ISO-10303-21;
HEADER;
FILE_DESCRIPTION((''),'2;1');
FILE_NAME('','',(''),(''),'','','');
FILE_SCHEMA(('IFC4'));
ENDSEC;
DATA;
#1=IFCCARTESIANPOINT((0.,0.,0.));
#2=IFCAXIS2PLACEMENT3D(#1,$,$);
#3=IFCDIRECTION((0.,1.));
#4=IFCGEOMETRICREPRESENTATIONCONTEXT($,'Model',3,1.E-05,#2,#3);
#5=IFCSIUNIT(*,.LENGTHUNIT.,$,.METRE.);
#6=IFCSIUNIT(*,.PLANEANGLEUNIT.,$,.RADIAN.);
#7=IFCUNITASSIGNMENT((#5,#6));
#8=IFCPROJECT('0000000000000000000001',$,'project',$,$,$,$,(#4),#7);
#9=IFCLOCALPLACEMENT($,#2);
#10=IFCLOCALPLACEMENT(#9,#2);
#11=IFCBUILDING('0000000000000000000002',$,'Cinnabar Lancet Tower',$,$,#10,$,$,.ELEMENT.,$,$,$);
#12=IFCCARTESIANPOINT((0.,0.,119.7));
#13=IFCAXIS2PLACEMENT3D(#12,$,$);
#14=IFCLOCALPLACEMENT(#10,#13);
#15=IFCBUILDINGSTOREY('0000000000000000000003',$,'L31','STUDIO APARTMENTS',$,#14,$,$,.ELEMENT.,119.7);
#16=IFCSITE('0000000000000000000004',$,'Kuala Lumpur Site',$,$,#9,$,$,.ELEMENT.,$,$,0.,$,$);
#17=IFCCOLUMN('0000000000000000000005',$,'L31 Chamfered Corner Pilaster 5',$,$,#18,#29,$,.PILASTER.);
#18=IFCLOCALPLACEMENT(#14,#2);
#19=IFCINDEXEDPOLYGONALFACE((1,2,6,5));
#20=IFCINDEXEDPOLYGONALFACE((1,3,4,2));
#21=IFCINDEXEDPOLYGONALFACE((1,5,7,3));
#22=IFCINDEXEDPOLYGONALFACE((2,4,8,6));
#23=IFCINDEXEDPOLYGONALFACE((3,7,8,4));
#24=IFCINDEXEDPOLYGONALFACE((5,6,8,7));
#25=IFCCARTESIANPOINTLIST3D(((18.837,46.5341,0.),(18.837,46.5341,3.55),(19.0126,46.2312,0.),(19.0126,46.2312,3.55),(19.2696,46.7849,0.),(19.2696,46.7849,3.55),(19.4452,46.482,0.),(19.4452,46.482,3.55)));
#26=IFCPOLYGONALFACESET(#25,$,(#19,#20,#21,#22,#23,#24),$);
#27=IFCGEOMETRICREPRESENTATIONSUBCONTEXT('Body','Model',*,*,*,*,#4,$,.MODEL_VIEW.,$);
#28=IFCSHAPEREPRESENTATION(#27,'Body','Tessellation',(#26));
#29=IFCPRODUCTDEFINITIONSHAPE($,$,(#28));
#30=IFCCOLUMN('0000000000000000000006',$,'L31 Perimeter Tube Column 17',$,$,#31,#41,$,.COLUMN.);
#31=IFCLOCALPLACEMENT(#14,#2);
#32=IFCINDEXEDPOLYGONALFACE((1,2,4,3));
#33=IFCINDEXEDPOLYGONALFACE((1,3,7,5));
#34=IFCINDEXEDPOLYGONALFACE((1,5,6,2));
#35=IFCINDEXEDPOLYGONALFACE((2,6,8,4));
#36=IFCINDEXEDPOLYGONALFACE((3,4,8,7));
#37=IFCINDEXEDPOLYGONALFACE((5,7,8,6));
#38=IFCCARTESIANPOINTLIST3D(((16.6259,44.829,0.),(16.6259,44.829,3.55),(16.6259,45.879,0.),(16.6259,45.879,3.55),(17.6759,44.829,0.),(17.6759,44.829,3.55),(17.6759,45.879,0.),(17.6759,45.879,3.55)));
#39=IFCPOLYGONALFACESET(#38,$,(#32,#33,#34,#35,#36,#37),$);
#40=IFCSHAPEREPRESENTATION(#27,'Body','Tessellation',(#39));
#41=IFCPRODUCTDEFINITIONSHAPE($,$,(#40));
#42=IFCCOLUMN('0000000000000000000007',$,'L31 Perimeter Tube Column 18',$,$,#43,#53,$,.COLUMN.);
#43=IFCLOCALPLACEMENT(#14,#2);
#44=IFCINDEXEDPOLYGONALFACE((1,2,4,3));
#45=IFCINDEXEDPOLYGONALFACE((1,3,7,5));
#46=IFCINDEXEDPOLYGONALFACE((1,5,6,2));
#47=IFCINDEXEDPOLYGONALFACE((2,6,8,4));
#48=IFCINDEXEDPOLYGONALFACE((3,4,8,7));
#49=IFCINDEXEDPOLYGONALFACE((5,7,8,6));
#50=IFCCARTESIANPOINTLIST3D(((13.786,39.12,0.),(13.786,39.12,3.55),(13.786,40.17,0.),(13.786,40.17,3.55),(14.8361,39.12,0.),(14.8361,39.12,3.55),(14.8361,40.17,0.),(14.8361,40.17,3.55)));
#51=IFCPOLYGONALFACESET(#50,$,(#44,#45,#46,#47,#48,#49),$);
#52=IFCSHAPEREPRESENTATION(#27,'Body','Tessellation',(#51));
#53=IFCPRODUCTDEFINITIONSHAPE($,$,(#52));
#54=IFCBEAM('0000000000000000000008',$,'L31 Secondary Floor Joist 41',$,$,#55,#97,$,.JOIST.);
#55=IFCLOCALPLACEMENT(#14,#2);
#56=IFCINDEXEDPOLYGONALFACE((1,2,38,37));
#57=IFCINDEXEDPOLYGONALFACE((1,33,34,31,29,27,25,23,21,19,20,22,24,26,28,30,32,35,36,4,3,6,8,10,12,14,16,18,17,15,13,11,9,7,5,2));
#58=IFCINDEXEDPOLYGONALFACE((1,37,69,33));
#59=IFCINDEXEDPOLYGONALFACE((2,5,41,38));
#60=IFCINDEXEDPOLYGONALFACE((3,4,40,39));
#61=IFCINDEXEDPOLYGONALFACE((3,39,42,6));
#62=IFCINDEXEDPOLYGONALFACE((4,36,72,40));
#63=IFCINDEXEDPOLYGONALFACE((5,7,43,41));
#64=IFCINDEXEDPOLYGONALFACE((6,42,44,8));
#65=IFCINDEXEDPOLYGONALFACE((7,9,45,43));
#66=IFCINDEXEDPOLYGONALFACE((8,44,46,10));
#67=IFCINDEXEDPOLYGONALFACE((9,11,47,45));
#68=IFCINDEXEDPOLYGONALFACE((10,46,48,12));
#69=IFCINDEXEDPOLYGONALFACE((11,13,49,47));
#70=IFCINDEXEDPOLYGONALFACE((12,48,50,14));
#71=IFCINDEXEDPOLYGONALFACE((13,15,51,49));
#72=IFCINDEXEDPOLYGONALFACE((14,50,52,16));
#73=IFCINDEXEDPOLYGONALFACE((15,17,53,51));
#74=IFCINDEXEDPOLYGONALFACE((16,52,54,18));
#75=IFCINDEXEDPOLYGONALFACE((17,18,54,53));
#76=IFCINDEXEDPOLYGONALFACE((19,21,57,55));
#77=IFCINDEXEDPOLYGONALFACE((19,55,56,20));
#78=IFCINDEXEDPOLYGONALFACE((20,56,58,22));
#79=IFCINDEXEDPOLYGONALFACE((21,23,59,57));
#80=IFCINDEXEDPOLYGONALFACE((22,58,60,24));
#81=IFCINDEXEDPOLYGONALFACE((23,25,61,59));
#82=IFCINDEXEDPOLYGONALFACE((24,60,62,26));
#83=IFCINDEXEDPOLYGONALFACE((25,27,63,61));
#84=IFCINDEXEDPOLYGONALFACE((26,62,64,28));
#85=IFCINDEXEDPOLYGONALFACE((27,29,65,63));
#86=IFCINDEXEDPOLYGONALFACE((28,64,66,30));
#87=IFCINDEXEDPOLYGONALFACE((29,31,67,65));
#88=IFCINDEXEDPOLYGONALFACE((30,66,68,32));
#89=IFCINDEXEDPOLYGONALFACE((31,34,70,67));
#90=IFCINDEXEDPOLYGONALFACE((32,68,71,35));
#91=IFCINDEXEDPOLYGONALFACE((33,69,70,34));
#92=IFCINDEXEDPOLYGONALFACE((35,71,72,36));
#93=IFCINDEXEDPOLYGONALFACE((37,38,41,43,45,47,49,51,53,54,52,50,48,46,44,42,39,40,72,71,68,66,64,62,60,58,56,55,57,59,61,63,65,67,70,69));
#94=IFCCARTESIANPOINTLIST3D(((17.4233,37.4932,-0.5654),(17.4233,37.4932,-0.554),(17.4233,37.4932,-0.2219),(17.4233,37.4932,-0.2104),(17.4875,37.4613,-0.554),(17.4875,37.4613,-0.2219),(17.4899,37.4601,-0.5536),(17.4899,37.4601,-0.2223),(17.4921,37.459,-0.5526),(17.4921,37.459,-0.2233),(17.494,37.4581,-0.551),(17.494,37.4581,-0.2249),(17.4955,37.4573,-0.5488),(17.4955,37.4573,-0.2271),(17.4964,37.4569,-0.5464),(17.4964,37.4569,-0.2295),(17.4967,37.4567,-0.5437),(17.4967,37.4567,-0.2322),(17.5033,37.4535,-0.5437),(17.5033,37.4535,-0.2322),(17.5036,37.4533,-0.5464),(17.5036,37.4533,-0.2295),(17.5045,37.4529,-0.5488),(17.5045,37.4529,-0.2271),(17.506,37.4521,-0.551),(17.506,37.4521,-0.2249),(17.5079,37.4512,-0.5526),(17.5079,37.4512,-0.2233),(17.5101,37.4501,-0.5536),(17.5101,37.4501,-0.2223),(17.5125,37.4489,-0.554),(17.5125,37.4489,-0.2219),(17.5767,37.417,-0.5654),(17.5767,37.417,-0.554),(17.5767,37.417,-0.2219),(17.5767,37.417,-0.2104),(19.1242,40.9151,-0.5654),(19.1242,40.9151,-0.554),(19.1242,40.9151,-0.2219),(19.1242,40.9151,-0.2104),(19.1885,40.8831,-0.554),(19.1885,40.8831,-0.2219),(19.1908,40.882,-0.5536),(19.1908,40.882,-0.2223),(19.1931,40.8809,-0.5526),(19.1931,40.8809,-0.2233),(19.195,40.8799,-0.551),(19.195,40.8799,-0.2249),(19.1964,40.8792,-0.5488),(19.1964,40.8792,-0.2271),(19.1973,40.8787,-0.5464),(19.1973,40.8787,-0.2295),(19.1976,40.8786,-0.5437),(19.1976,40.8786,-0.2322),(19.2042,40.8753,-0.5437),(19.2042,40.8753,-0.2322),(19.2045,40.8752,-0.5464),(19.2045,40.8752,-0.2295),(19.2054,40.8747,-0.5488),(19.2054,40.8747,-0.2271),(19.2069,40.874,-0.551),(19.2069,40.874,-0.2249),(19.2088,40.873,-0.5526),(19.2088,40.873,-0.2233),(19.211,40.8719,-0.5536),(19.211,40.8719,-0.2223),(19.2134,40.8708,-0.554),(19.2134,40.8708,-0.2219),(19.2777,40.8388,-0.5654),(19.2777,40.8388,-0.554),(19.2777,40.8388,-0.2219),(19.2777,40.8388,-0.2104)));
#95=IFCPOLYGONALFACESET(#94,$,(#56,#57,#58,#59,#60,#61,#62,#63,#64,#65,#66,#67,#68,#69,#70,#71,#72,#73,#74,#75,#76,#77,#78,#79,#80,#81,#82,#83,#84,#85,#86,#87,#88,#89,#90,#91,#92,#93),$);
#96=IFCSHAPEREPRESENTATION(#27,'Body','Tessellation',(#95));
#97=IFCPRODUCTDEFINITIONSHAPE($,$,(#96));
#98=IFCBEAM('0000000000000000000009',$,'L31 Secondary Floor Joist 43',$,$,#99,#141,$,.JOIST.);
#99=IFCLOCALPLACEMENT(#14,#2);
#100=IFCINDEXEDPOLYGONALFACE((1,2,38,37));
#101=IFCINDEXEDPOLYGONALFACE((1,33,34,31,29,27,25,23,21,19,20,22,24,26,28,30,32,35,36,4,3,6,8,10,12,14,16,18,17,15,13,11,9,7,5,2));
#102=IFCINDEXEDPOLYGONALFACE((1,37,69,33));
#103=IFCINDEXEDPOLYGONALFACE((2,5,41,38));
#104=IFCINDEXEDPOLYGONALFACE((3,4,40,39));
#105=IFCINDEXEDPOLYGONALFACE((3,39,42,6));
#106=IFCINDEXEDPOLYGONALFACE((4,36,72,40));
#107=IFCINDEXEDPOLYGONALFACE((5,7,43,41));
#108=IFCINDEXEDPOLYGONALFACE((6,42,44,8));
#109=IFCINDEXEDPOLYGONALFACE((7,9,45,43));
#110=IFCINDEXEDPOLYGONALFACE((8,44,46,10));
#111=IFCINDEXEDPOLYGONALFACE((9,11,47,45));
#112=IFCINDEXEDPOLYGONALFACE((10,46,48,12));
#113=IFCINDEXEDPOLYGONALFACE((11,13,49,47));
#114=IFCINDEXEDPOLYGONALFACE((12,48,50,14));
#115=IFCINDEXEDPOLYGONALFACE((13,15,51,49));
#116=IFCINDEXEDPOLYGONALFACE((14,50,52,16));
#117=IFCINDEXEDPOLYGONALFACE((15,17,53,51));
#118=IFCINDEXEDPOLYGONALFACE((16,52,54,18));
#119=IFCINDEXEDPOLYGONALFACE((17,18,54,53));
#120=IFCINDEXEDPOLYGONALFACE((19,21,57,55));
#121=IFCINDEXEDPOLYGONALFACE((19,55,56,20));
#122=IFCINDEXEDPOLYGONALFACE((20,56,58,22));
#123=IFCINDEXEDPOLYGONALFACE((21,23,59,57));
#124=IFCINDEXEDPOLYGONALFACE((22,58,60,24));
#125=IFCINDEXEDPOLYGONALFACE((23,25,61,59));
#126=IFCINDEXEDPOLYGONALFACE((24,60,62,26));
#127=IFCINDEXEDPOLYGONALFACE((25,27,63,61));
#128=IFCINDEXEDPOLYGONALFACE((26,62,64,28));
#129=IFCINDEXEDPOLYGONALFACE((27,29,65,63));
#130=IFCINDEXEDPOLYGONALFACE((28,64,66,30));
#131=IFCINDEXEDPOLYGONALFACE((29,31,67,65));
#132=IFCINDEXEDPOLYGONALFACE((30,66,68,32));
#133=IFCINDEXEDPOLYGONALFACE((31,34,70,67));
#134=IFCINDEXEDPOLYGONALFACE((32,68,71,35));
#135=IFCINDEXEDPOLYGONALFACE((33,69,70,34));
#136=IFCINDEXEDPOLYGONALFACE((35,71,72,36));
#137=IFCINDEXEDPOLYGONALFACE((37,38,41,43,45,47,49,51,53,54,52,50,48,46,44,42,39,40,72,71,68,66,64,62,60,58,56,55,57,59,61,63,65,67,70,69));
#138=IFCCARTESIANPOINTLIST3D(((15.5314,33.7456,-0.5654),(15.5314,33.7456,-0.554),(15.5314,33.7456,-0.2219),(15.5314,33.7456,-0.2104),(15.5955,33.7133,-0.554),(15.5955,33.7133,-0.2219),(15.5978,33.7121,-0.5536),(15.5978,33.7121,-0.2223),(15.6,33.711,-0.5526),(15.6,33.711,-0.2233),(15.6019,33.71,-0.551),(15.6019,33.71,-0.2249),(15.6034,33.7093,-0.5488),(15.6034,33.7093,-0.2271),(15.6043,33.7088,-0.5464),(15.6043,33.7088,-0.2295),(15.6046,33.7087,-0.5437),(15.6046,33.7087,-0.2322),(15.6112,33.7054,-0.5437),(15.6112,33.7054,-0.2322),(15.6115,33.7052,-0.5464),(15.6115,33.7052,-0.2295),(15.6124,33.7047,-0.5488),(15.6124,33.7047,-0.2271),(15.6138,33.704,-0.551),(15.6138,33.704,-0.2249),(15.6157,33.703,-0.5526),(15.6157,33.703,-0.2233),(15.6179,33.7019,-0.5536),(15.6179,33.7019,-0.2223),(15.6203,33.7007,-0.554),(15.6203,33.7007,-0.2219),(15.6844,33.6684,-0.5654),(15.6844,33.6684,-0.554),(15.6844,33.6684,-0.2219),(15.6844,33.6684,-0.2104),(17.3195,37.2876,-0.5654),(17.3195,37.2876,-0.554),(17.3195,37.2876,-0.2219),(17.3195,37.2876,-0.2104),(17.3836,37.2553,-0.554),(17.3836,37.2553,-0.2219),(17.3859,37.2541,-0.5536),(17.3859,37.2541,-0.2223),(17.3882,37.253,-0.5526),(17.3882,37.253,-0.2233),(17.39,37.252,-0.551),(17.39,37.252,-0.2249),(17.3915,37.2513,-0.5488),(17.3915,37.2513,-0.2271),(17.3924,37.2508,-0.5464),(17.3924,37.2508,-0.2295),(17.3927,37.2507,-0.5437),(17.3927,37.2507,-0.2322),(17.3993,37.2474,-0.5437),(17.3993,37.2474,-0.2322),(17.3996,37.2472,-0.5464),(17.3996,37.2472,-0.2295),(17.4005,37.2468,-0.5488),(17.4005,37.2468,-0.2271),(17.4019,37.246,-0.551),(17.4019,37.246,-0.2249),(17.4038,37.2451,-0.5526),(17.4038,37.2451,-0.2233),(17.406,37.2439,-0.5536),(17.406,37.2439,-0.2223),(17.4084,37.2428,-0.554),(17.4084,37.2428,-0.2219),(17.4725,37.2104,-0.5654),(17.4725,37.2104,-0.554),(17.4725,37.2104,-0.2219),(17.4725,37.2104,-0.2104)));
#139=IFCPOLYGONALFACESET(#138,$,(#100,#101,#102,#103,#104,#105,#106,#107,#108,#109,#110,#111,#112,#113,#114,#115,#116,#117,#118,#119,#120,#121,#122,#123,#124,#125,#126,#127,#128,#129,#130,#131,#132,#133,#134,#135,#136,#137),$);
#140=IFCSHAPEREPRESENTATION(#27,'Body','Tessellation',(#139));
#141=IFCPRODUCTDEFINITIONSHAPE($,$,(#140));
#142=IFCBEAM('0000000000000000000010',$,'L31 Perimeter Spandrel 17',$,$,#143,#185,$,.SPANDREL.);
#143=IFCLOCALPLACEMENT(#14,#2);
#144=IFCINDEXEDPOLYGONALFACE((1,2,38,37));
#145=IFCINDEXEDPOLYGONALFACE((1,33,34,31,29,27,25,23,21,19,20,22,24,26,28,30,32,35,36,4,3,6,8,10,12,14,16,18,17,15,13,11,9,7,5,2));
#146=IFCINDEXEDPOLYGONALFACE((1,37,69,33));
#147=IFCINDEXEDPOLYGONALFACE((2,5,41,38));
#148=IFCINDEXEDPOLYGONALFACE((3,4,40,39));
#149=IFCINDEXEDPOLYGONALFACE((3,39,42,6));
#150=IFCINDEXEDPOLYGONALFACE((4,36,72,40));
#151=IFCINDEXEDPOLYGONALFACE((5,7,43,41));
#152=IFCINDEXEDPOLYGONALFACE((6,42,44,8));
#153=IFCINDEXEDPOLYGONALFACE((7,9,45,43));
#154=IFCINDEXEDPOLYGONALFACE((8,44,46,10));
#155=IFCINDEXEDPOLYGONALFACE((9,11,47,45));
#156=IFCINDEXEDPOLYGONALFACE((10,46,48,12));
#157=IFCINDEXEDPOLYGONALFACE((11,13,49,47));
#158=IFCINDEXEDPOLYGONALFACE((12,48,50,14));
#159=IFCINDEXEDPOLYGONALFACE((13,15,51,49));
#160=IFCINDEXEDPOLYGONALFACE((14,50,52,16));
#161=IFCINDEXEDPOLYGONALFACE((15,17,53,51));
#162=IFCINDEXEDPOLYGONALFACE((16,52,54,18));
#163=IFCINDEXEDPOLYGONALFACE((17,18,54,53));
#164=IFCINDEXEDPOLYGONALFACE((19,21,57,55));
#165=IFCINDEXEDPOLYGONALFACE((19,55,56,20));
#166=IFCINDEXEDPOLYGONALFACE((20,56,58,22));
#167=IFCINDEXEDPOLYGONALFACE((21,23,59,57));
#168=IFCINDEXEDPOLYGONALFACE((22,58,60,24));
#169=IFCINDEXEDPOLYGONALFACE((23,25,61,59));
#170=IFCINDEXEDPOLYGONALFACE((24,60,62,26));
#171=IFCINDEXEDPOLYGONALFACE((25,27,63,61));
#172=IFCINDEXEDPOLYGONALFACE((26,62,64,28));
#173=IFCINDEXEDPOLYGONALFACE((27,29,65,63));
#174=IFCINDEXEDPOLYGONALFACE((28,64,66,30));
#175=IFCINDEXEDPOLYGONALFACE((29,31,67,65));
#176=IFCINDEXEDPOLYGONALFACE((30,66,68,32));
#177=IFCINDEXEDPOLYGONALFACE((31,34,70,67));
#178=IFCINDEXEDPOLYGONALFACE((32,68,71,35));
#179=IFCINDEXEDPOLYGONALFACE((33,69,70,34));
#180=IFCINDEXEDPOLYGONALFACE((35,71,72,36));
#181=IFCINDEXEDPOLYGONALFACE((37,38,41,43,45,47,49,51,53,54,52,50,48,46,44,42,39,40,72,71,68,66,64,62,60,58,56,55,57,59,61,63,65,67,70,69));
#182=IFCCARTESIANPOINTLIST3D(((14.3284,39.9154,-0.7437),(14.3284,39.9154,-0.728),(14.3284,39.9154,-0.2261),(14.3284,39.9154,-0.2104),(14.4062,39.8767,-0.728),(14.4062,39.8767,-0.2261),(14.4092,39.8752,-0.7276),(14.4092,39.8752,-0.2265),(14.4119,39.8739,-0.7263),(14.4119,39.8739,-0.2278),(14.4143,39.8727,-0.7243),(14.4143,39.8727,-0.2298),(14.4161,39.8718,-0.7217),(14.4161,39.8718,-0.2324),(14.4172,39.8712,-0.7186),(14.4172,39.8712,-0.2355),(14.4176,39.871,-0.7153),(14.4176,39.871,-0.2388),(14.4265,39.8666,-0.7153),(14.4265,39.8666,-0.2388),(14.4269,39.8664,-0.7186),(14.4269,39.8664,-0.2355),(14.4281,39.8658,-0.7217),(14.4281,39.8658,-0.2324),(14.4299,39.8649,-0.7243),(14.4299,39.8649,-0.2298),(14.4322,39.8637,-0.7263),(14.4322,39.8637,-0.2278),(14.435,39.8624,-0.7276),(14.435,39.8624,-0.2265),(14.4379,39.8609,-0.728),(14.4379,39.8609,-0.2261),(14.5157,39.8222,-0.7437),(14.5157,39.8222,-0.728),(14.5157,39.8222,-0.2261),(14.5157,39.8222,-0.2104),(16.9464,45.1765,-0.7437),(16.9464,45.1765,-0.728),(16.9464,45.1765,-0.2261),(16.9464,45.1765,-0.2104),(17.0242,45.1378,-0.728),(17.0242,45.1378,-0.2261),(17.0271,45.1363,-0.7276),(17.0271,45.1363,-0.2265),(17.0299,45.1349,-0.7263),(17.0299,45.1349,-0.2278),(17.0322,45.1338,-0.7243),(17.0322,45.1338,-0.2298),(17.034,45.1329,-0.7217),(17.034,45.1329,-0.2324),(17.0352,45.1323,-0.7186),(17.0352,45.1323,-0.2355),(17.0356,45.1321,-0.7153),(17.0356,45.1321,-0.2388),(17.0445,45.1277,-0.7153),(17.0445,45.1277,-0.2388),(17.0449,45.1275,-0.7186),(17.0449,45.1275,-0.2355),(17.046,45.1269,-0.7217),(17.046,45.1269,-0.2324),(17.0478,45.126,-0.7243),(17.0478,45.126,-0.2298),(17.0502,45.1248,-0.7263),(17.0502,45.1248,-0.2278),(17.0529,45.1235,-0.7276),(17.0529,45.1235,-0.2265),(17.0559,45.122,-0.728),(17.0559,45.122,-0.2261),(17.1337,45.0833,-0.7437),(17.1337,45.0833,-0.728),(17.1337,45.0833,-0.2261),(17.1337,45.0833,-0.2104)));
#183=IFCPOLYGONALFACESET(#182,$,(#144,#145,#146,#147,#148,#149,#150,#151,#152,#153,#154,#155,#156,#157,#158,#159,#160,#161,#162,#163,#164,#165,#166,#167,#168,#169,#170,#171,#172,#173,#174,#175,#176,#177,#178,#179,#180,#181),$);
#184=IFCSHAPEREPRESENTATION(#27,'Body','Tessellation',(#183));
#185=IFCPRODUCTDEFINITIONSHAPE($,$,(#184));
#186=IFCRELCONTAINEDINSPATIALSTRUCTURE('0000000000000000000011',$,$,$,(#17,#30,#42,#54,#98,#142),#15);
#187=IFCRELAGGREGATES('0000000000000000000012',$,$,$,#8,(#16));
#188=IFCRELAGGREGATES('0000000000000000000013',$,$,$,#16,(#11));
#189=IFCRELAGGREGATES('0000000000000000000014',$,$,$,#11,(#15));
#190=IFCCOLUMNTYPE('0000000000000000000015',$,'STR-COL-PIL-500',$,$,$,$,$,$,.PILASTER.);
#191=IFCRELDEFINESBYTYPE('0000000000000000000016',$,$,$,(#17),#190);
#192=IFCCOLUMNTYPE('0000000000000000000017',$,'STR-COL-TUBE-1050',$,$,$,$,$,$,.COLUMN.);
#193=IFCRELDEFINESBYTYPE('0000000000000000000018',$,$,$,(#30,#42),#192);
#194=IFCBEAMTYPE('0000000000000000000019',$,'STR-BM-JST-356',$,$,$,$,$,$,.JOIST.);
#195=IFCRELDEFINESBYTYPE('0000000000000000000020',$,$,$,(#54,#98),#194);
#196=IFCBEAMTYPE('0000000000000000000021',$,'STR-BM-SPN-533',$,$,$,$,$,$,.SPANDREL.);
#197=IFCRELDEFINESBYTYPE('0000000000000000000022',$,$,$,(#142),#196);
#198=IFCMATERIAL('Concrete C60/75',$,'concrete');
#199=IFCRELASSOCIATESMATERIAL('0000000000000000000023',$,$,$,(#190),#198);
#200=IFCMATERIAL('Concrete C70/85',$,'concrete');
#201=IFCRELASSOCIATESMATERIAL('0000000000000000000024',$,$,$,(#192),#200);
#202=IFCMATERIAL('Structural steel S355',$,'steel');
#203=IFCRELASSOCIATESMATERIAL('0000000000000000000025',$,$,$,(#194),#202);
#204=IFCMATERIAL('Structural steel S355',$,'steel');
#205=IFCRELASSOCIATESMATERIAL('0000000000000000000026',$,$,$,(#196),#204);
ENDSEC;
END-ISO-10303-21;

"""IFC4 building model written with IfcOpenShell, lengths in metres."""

from ifc_helpers import new_model, si_unit, direction, frame, origin, origin_2d, place, context, subcontext, project, spatial, rectangle, i_section, extrude, material, material_profile, profile_set, type_object, element, save


model = new_model("IFC4")

# Units and contexts
model_context = context("Model", 3, precision=1e-05, world=origin(), true_north=direction((0.0, 1.0)))
body_context = subcontext(model_context, "Body", "Model", "MODEL_VIEW")
ifc_project = project(units=[si_unit("LENGTHUNIT", "METRE"), si_unit("PLANEANGLEUNIT", "RADIAN")], contexts=[model_context])

# Site, building, storey
site_placement = place(None, origin())
site = spatial("IfcSite", under=ifc_project, at=site_placement, Name="Kuala Lumpur Site", CompositionType="ELEMENT", RefElevation=0.0)
building_placement = place(site_placement, origin())
building = spatial("IfcBuilding", under=site, at=building_placement, Name="Cinnabar Lancet Tower", CompositionType="ELEMENT")
storey_placement = place(building_placement, frame((0.0, 0.0, 119.7)))
storey = spatial("IfcBuildingStorey", under=building, at=storey_placement, Name="L31", Description="STUDIO APARTMENTS", CompositionType="ELEMENT", Elevation=119.7)

# Columns
ifc_material_1 = material(Name="Concrete C60/75", Category="concrete")
ifc_material_profile_1 = material_profile(ifc_material_1, rectangle(XDim=0.5, YDim=0.3501, at=origin_2d()), Name="RC-PIL 500x350")
ifc_profile_set_1 = profile_set([ifc_material_profile_1], Name="Concrete C60/75")
column_type_1 = type_object("IfcColumnType", Name="STR-COL-PIL-500", PredefinedType="PILASTER", material=ifc_profile_set_1)
column_placement = place(storey_placement, frame((19.1411, 46.5081, 0.0), z_axis=(0.0, 0.0, 1.0), x_axis=(-0.86516, -0.501496, 0.0)))
element("IfcColumn", 1, at=column_placement, inside=storey, type_object=column_type_1, Name="L31 Chamfered Corner Pilaster 5", PredefinedType="PILASTER", context=body_context, shape_type="SweptSolid", body=[
    extrude(rectangle(XDim=0.5, YDim=0.3501, at=origin_2d()), origin(), (0.0, 0.0, 1.0), 3.55),
])
ifc_material_2 = material(Name="Concrete C70/85", Category="concrete")
ifc_material_profile_2 = material_profile(ifc_material_2, rectangle(XDim=1.05, YDim=1.05, at=origin_2d()), Name="RC-COL 1050x1050")
ifc_profile_set_2 = profile_set([ifc_material_profile_2], Name="Concrete C70/85")
column_type_2 = type_object("IfcColumnType", Name="STR-COL-TUBE-1050", PredefinedType="COLUMN", material=ifc_profile_set_2)
for number, where, z_axis, x_axis, name in (
    (2, (17.1509, 45.354, 0.0), (0.0, 0.0, 1.0), (1.0, 0.0, 0.0), "L31 Perimeter Tube Column 17"),
    (3, (14.311, 39.645, 0.0), (0.0, 0.0, 1.0), (1.0, 0.0, 0.0), "L31 Perimeter Tube Column 18"),
):
    element("IfcColumn", number, at=place(storey_placement, frame(where, z_axis=z_axis, x_axis=x_axis)), inside=storey, type_object=column_type_2, Name=name, PredefinedType="COLUMN", context=body_context, shape_type="SweptSolid", body=[
        extrude(rectangle(XDim=1.05, YDim=1.05, at=origin_2d()), origin(), (0.0, 0.0, 1.0), 3.55),
    ])

# Beams
ifc_material_3 = material(Name="Structural steel S355", Category="steel")
ifc_material_profile_3 = material_profile(ifc_material_3, i_section(OverallWidth=0.1714, OverallDepth=0.355, WebThickness=0.0073, FlangeThickness=0.0115, FilletRadius=0.0103, at=origin_2d()), Name="UKB 356x171x51")
ifc_profile_set_3 = profile_set([ifc_material_profile_3], Name="Structural steel S355")
beam_type_1 = type_object("IfcBeamType", Name="STR-BM-JST-356", PredefinedType="JOIST", material=ifc_profile_set_3)
beam_1_placement = place(storey_placement, frame((19.2009, 40.877, -0.3879), z_axis=(-0.445117, -0.895473, 0.0), x_axis=(0.895473, -0.445117, 0.0)))
element("IfcBeam", 4, at=beam_1_placement, inside=storey, type_object=beam_type_1, Name="L31 Secondary Floor Joist 41", PredefinedType="JOIST", context=body_context, shape_type="SweptSolid", body=[
    extrude(i_section(OverallWidth=0.1714, OverallDepth=0.355, WebThickness=0.0073, FlangeThickness=0.0115, FilletRadius=0.0103, at=origin_2d()), origin(), (0.0, 0.0, 1.0), 3.8213),
])
beam_2_placement = place(storey_placement, frame((17.396, 37.249, -0.3879), z_axis=(-0.450656, -0.892698, 0.0), x_axis=(0.892698, -0.450656, 0.0)))
element("IfcBeam", 5, at=beam_2_placement, inside=storey, type_object=beam_type_1, Name="L31 Secondary Floor Joist 43", PredefinedType="JOIST", context=body_context, shape_type="SweptSolid", body=[
    extrude(i_section(OverallWidth=0.1714, OverallDepth=0.355, WebThickness=0.0073, FlangeThickness=0.0115, FilletRadius=0.0103, at=origin_2d()), origin(), (0.0, 0.0, 1.0), 3.9678),
])
ifc_material_4 = material(Name="Structural steel S355", Category="steel")
ifc_material_profile_4 = material_profile(ifc_material_4, i_section(OverallWidth=0.2092, OverallDepth=0.5332, WebThickness=0.01, FlangeThickness=0.0156, FilletRadius=0.0127, at=origin_2d()), Name="UKB 533x210x92")
ifc_profile_set_4 = profile_set([ifc_material_profile_4], Name="Structural steel S355")
beam_type_2 = type_object("IfcBeamType", Name="STR-BM-SPN-533", PredefinedType="SPANDREL", material=ifc_profile_set_4)
beam_3_placement = place(storey_placement, frame((17.04, 45.1299, -0.4771), z_axis=(-0.445501, -0.895281, 0.0), x_axis=(0.895281, -0.445501, 0.0)))
element("IfcBeam", 6, at=beam_3_placement, inside=storey, type_object=beam_type_2, Name="L31 Perimeter Spandrel 17", PredefinedType="SPANDREL", context=body_context, shape_type="SweptSolid", body=[
    extrude(i_section(OverallWidth=0.2092, OverallDepth=0.5332, WebThickness=0.01, FlangeThickness=0.0156, FilletRadius=0.0127, at=origin_2d()), origin(), (0.0, 0.0, 1.0), 5.8765),
])

save(model, "model.ifc")
